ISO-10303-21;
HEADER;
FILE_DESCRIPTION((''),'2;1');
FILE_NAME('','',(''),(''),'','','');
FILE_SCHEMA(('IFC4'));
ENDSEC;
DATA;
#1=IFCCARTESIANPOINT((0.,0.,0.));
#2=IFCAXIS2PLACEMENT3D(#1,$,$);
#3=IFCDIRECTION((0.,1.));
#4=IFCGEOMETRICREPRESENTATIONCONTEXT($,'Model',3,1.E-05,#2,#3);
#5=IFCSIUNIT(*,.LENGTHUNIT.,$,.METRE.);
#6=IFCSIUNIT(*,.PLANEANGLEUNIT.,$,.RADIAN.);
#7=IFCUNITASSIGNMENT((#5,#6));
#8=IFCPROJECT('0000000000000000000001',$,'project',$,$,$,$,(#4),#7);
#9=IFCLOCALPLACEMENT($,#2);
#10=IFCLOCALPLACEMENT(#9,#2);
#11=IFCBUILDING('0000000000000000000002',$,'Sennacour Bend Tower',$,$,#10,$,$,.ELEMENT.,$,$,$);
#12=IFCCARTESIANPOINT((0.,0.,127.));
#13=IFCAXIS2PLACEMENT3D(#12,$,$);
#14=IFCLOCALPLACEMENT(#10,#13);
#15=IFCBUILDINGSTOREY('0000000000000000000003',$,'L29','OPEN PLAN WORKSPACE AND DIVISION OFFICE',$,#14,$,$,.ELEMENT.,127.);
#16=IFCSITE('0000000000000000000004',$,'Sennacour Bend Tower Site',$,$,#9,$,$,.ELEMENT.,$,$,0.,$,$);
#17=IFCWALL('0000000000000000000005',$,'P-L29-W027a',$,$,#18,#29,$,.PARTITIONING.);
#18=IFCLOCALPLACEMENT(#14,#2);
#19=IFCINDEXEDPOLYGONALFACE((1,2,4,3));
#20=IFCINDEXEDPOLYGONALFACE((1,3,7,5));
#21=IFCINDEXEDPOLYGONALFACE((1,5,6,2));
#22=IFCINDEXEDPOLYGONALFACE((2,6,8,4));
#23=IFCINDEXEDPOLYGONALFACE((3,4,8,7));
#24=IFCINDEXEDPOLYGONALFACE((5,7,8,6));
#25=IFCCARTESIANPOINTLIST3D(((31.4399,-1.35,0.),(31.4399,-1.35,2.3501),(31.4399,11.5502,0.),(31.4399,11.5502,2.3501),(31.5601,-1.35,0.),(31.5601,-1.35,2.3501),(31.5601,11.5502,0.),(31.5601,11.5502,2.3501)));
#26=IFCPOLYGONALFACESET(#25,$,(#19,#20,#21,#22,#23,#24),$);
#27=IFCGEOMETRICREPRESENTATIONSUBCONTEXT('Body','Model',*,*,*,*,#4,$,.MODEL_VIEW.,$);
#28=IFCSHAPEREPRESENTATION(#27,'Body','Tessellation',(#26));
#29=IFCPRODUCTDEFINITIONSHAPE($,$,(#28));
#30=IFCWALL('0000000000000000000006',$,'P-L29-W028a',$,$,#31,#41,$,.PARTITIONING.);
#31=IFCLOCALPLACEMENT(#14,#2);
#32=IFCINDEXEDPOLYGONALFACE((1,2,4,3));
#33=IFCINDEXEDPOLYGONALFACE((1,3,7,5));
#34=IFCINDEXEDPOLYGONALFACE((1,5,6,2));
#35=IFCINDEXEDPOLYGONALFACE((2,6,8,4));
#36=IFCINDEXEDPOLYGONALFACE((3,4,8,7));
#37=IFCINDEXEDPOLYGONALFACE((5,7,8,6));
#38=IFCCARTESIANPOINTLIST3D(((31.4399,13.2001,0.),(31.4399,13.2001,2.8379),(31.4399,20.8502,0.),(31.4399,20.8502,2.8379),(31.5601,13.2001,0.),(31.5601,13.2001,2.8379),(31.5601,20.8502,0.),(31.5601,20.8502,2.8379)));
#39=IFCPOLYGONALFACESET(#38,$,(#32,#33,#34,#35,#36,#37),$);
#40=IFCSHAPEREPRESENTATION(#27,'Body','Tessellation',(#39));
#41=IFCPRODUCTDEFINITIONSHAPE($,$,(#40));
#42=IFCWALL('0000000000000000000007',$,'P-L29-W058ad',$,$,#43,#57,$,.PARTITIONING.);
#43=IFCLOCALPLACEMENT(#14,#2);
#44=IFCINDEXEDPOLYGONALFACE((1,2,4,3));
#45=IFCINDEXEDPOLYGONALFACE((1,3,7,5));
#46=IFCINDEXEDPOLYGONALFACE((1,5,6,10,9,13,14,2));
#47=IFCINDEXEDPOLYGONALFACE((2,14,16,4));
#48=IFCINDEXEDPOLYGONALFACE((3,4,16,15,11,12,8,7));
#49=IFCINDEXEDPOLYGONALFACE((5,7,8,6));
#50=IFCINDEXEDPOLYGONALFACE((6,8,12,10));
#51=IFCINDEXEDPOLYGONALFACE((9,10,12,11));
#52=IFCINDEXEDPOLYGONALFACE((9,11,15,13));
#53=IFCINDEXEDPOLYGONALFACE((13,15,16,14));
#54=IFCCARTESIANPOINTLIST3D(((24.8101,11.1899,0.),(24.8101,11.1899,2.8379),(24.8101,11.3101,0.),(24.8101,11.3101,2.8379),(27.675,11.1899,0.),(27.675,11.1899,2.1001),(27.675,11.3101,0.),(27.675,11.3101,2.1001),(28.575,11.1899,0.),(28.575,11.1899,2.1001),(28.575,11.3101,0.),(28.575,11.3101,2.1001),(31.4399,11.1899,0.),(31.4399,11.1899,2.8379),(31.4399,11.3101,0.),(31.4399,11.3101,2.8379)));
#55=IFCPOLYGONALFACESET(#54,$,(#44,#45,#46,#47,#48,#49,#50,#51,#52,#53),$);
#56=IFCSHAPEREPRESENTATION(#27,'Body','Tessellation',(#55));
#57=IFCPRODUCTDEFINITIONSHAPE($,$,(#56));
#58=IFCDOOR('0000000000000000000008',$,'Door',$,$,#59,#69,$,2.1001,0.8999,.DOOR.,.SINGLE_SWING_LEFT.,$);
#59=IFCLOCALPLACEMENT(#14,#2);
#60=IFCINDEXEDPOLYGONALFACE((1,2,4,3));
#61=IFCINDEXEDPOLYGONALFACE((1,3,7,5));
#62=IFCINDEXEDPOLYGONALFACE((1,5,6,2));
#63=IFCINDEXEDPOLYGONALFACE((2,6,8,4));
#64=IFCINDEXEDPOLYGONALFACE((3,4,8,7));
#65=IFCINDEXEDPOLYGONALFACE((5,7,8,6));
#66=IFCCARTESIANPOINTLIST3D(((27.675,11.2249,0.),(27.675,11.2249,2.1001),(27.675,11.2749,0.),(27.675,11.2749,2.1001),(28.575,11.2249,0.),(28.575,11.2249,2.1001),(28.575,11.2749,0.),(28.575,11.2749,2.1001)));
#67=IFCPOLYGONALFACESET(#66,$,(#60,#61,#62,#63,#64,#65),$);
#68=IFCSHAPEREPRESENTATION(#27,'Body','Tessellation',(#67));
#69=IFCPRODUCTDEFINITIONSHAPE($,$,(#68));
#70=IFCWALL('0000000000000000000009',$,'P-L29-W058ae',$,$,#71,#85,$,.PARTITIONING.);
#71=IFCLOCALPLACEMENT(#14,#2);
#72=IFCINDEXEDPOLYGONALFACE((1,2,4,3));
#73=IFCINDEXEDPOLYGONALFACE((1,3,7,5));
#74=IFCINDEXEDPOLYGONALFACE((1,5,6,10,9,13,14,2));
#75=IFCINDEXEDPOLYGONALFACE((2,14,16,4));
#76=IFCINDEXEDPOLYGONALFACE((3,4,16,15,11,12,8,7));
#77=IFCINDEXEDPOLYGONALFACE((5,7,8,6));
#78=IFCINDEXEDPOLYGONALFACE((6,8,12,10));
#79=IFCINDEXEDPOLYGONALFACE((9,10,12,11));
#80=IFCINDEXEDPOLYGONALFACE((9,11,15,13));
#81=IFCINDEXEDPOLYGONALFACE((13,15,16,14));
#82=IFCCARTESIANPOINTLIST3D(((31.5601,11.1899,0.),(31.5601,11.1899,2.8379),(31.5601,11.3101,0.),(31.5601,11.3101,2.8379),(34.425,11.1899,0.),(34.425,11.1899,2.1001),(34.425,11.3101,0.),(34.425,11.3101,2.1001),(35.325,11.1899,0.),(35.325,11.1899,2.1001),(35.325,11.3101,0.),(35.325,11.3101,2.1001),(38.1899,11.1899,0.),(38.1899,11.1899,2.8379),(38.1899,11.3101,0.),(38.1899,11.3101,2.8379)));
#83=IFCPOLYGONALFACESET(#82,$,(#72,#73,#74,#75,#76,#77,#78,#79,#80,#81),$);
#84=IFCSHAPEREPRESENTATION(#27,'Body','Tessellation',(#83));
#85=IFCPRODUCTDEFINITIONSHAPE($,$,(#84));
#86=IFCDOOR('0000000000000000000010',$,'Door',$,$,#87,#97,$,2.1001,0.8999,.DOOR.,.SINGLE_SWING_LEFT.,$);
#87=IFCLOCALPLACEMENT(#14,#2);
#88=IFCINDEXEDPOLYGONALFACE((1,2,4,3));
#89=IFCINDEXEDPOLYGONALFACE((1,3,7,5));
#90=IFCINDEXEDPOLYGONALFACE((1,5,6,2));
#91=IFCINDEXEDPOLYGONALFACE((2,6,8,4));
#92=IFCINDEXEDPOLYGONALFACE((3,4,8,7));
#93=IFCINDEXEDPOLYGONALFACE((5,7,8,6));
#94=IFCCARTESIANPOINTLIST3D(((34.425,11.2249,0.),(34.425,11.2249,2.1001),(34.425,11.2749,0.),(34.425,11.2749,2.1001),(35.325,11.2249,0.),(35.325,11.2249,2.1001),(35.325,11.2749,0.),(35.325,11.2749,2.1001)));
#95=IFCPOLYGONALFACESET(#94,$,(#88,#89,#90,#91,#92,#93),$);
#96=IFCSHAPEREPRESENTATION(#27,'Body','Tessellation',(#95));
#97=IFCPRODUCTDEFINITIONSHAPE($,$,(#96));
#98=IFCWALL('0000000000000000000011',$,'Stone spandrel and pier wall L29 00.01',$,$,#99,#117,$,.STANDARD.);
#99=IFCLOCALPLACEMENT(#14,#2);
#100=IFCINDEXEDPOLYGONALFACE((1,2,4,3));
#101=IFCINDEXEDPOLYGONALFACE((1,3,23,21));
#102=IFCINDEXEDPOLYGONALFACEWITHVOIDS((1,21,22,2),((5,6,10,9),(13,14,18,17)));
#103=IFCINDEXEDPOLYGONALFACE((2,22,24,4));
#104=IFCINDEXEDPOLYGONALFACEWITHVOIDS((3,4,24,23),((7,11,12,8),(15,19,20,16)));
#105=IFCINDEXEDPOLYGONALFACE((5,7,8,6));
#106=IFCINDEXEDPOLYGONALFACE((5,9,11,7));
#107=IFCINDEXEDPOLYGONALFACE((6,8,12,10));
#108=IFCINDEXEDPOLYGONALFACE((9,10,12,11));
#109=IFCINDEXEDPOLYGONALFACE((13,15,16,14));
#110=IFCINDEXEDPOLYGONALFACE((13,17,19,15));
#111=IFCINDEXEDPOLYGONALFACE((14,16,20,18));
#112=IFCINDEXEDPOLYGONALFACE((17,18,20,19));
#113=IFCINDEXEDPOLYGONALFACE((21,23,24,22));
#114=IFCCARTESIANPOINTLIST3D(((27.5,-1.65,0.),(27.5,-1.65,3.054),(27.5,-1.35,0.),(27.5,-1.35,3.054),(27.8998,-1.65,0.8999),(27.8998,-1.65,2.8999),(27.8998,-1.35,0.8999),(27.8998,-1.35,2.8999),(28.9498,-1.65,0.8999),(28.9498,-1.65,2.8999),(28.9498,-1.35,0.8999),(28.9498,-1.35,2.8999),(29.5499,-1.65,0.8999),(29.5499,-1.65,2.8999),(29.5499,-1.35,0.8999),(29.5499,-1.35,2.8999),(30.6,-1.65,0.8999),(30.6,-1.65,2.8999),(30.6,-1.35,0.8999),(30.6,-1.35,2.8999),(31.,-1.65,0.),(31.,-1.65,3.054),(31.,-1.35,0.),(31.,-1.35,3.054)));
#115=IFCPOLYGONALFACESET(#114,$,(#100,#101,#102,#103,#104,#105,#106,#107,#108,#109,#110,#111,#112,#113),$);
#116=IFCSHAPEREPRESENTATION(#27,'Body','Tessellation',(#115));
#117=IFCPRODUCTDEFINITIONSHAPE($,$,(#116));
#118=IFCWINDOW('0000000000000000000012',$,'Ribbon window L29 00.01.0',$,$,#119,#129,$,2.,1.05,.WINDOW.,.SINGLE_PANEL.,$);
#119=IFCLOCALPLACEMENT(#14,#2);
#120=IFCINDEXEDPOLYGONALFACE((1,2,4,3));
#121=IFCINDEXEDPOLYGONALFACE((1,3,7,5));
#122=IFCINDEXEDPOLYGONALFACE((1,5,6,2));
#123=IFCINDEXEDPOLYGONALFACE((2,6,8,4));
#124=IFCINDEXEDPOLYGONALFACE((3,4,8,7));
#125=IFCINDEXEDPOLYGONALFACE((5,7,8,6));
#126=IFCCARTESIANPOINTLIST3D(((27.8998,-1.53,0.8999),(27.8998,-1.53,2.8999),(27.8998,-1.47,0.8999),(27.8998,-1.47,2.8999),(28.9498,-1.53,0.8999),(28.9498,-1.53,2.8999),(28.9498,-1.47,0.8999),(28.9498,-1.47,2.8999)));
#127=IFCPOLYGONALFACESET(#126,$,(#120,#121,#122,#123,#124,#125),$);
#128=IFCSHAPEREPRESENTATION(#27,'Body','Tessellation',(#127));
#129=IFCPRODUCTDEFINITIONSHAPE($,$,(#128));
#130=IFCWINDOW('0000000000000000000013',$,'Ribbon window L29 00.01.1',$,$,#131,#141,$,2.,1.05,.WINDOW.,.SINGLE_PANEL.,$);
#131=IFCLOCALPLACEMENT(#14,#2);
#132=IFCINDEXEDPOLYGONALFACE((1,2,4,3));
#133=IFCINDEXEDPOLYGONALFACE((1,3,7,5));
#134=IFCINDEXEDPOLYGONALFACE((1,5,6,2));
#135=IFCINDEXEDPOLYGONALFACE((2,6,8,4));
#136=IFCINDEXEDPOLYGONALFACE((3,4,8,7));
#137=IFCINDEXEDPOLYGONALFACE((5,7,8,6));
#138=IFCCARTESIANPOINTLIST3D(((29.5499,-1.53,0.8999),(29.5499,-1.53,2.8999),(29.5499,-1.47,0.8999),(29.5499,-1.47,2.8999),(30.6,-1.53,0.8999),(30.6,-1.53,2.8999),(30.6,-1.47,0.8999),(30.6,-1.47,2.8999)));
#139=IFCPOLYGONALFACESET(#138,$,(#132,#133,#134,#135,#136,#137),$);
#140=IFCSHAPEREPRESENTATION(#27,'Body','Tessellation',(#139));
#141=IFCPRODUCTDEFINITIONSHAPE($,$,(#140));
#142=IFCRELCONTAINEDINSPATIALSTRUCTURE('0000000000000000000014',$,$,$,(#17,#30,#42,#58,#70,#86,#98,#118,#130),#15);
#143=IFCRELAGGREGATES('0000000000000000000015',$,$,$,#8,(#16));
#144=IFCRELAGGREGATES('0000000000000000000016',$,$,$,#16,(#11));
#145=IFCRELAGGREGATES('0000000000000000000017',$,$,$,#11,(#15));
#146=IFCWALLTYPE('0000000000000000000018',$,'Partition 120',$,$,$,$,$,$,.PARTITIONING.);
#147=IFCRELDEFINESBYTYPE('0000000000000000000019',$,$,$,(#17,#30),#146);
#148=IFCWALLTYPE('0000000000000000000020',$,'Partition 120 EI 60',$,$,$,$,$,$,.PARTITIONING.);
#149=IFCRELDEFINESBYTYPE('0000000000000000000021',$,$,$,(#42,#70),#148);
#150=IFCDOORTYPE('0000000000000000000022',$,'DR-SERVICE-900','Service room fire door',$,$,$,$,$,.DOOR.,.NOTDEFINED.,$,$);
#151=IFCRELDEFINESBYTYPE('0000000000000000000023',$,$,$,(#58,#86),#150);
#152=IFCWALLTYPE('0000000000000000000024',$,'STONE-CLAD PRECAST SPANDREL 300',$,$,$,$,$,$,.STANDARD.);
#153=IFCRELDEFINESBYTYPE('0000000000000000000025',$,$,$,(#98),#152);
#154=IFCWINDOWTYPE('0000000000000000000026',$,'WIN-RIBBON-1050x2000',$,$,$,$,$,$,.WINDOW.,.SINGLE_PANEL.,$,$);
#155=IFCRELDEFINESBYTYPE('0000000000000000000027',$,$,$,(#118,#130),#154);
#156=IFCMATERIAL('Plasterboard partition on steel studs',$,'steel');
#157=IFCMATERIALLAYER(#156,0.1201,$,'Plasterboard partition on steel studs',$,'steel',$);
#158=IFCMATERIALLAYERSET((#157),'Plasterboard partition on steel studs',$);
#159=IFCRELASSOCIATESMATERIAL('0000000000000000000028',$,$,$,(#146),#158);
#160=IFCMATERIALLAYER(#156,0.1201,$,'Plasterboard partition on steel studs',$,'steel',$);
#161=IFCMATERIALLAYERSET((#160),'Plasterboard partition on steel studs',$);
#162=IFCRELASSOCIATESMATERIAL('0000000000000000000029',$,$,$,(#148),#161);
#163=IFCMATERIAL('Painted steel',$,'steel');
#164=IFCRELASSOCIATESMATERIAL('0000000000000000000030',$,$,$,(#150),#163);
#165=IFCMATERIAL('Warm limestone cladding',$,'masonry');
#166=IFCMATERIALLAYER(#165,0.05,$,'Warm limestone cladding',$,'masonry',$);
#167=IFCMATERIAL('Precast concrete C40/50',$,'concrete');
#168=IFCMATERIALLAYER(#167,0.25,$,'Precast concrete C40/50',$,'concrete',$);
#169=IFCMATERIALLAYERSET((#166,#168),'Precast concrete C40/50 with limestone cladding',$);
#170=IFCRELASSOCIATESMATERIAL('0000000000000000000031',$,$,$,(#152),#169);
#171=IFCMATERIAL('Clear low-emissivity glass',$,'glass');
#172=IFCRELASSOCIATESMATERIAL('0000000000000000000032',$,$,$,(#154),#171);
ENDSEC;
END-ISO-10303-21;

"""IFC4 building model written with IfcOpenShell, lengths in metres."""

from ifc_helpers import new_model, si_unit, direction, frame, frame_2d, origin, place, context, subcontext, project, spatial, rectangle, extrude, material, layer, layer_set, type_object, element, fill, save


model = new_model("IFC4")

# Units and contexts
model_context = context("Model", 3, precision=1e-05, world=origin(), true_north=direction((0.0, 1.0)))
body_context = subcontext(model_context, "Body", "Model", "MODEL_VIEW")
ifc_project = project(units=[si_unit("LENGTHUNIT", "METRE"), si_unit("PLANEANGLEUNIT", "RADIAN")], contexts=[model_context])

# Site, building, storey
site_placement = place(None, origin())
site = spatial("IfcSite", under=ifc_project, at=site_placement, Name="Sennacour Bend Tower Site", CompositionType="ELEMENT", RefElevation=0.0)
building_placement = place(site_placement, origin())
building = spatial("IfcBuilding", under=site, at=building_placement, Name="Sennacour Bend Tower", CompositionType="ELEMENT")
storey_placement = place(building_placement, frame((0.0, 0.0, 127.0)))
storey = spatial("IfcBuildingStorey", under=building, at=storey_placement, Name="L29", Description="OPEN PLAN WORKSPACE AND DIVISION OFFICE", CompositionType="ELEMENT", Elevation=127.0)

# Walls
ifc_material_1 = material(Name="Plasterboard partition on steel studs", Category="steel")
ifc_layer_1 = layer(ifc_material_1, 0.1201, Name="Plasterboard partition on steel studs", Category="steel")
ifc_layer_set_1 = layer_set([ifc_layer_1], Name="Plasterboard partition on steel studs")
wall_type_1 = type_object("IfcWallType", Name="Partition 120", PredefinedType="PARTITIONING", material=ifc_layer_set_1)
wall_1_placement = place(storey_placement, frame((31.5, -1.3501, 0.0), z_axis=(0.0, 0.0, 1.0), x_axis=(0.0, 1.0, 0.0)))
element("IfcWall", 1, at=wall_1_placement, inside=storey, type_object=wall_type_1, Name="P-L29-W027a", PredefinedType="PARTITIONING", context=body_context, shape_type="SweptSolid", body=[
    extrude(rectangle(XDim=12.9001, YDim=0.1201, at=frame_2d((6.4502, 0.0))), origin(), (0.0, 0.0, 1.0), 2.3501),
])
wall_2_placement = place(storey_placement, frame((31.5, 13.2, 0.0), z_axis=(0.0, 0.0, 1.0), x_axis=(0.0, 1.0, 0.0)))
element("IfcWall", 2, at=wall_2_placement, inside=storey, type_object=wall_type_1, Name="P-L29-W028a", PredefinedType="PARTITIONING", context=body_context, shape_type="SweptSolid", body=[
    extrude(rectangle(XDim=7.6501, YDim=0.1201, at=frame_2d((3.8252, 0.0))), origin(), (0.0, 0.0, 1.0), 2.8379),
])

# Walls, openings, doors
ifc_layer_2 = layer(ifc_material_1, 0.1201, Name="Plasterboard partition on steel studs", Category="steel")
ifc_layer_set_2 = layer_set([ifc_layer_2], Name="Plasterboard partition on steel studs")
wall_type_2 = type_object("IfcWallType", Name="Partition 120 EI 60", PredefinedType="PARTITIONING", material=ifc_layer_set_2)
wall_3_placement = place(storey_placement, frame((24.8101, 11.25, 0.0), z_axis=(0.0, 0.0, 1.0), x_axis=(1.0, 0.0, 0.0)))
wall_3 = element("IfcWall", 3, at=wall_3_placement, inside=storey, type_object=wall_type_2, Name="P-L29-W058ad", PredefinedType="PARTITIONING", context=body_context, shape_type="SweptSolid", body=[
    extrude(rectangle(XDim=6.6299, YDim=0.1201, at=frame_2d((3.3149, 0.0))), origin(), (0.0, 0.0, 1.0), 2.8379),
])
opening_1_placement = place(wall_3_placement, frame((2.865, 0.0, 0.0)))
opening_1 = element("IfcOpeningElement", 4, at=opening_1_placement, cuts=wall_3, PredefinedType="OPENING", context=body_context, shape_type="SweptSolid", body=[
    extrude(rectangle(XDim=0.8999, YDim=2.1001, at=frame_2d((0.45, 1.05))), frame((0.0, 0.0701, 0.0), z_axis=(0.0, -1.0, 0.0), x_axis=(1.0, 0.0, 0.0)), (0.0, 0.0, 1.0), 0.1401),
])
ifc_material_2 = material(Name="Painted steel", Category="steel")
door_type = type_object("IfcDoorType", Name="DR-SERVICE-900", Description="Service room fire door", OperationType="NOTDEFINED", PredefinedType="DOOR", material=ifc_material_2)
door_1_placement = place(opening_1_placement, origin())
door_1 = element("IfcDoor", 5, at=door_1_placement, inside=storey, type_object=door_type, Name="Door", OperationType="SINGLE_SWING_LEFT", OverallHeight=2.1001, OverallWidth=0.8999, PredefinedType="DOOR", context=body_context, shape_type="SweptSolid", body=[
    extrude(rectangle(XDim=0.8999, YDim=2.1001, at=frame_2d((0.45, 1.05))), frame((0.0, 0.0249, 0.0), z_axis=(0.0, -1.0, 0.0), x_axis=(1.0, 0.0, 0.0)), (0.0, 0.0, 1.0), 0.05),
])
fill(opening_1, door_1)
wall_4_placement = place(storey_placement, frame((31.5601, 11.25, 0.0), z_axis=(0.0, 0.0, 1.0), x_axis=(1.0, 0.0, 0.0)))
wall_4 = element("IfcWall", 6, at=wall_4_placement, inside=storey, type_object=wall_type_2, Name="P-L29-W058ae", PredefinedType="PARTITIONING", context=body_context, shape_type="SweptSolid", body=[
    extrude(rectangle(XDim=6.6299, YDim=0.1201, at=frame_2d((3.3149, 0.0))), origin(), (0.0, 0.0, 1.0), 2.8379),
])
opening_2_placement = place(wall_4_placement, frame((2.865, 0.0, 0.0)))
opening_2 = element("IfcOpeningElement", 7, at=opening_2_placement, cuts=wall_4, PredefinedType="OPENING", context=body_context, shape_type="SweptSolid", body=[
    extrude(rectangle(XDim=0.8999, YDim=2.1001, at=frame_2d((0.45, 1.05))), frame((0.0, 0.0701, 0.0), z_axis=(0.0, -1.0, 0.0), x_axis=(1.0, 0.0, 0.0)), (0.0, 0.0, 1.0), 0.1401),
])
door_2_placement = place(opening_2_placement, origin())
door_2 = element("IfcDoor", 8, at=door_2_placement, inside=storey, type_object=door_type, Name="Door", OperationType="SINGLE_SWING_LEFT", OverallHeight=2.1001, OverallWidth=0.8999, PredefinedType="DOOR", context=body_context, shape_type="SweptSolid", body=[
    extrude(rectangle(XDim=0.8999, YDim=2.1001, at=frame_2d((0.45, 1.05))), frame((0.0, 0.0249, 0.0), z_axis=(0.0, -1.0, 0.0), x_axis=(1.0, 0.0, 0.0)), (0.0, 0.0, 1.0), 0.05),
])
fill(opening_2, door_2)

# Wall, openings, windows
ifc_material_3 = material(Name="Warm limestone cladding", Category="masonry")
ifc_layer_3 = layer(ifc_material_3, 0.05, Name="Warm limestone cladding", Category="masonry")
ifc_material_4 = material(Name="Precast concrete C40/50", Category="concrete")
ifc_layer_4 = layer(ifc_material_4, 0.25, Name="Precast concrete C40/50", Category="concrete")
ifc_layer_set_3 = layer_set([ifc_layer_3, ifc_layer_4], Name="Precast concrete C40/50 with limestone cladding")
wall_type_3 = type_object("IfcWallType", Name="STONE-CLAD PRECAST SPANDREL 300", PredefinedType="STANDARD", material=ifc_layer_set_3)
wall_5_placement = place(storey_placement, frame((27.5, -1.5, 0.0), z_axis=(0.0, 0.0, 1.0), x_axis=(1.0, 0.0, 0.0)))
wall_5 = element("IfcWall", 9, at=wall_5_placement, inside=storey, type_object=wall_type_3, Name="Stone spandrel and pier wall L29 00.01", PredefinedType="STANDARD", context=body_context, shape_type="SweptSolid", body=[
    extrude(rectangle(XDim=3.5, YDim=0.3, at=frame_2d((1.75, 0.0))), origin(), (0.0, 0.0, 1.0), 3.054),
])
opening_3_placement = place(wall_5_placement, frame((0.3999, 0.0, 0.8999)))
opening_3 = element("IfcOpeningElement", 10, at=opening_3_placement, cuts=wall_5, PredefinedType="OPENING", context=body_context, shape_type="SweptSolid", body=[
    extrude(rectangle(XDim=1.05, YDim=2.0, at=frame_2d((0.5249, 1.0))), frame((0.0, 0.1602, 0.0), z_axis=(0.0, -1.0, 0.0), x_axis=(1.0, 0.0, 0.0)), (0.0, 0.0, 1.0), 0.3201),
])
opening_4_placement = place(wall_5_placement, frame((2.05, 0.0, 0.8999)))
opening_4 = element("IfcOpeningElement", 11, at=opening_4_placement, cuts=wall_5, PredefinedType="OPENING", context=body_context, shape_type="SweptSolid", body=[
    extrude(rectangle(XDim=1.05, YDim=2.0, at=frame_2d((0.5249, 1.0))), frame((0.0, 0.1602, 0.0), z_axis=(0.0, -1.0, 0.0), x_axis=(1.0, 0.0, 0.0)), (0.0, 0.0, 1.0), 0.3201),
])
ifc_material_5 = material(Name="Clear low-emissivity glass", Category="glass")
window_type = type_object("IfcWindowType", Name="WIN-RIBBON-1050x2000", PartitioningType="SINGLE_PANEL", PredefinedType="WINDOW", material=ifc_material_5)
window_1_placement = place(opening_3_placement, origin())
window_1 = element("IfcWindow", 12, at=window_1_placement, inside=storey, type_object=window_type, Name="Ribbon window L29 00.01.0", OverallHeight=2.0, OverallWidth=1.05, PartitioningType="SINGLE_PANEL", PredefinedType="WINDOW", context=body_context, shape_type="SweptSolid", body=[
    extrude(rectangle(XDim=1.05, YDim=2.0, at=frame_2d((0.5249, 1.0))), frame((0.0, 0.03, 0.0), z_axis=(0.0, -1.0, 0.0), x_axis=(1.0, 0.0, 0.0)), (0.0, 0.0, 1.0), 0.0601),
])
fill(opening_3, window_1)
window_2_placement = place(opening_4_placement, origin())
window_2 = element("IfcWindow", 13, at=window_2_placement, inside=storey, type_object=window_type, Name="Ribbon window L29 00.01.1", OverallHeight=2.0, OverallWidth=1.05, PartitioningType="SINGLE_PANEL", PredefinedType="WINDOW", context=body_context, shape_type="SweptSolid", body=[
    extrude(rectangle(XDim=1.05, YDim=2.0, at=frame_2d((0.5249, 1.0))), frame((0.0, 0.03, 0.0), z_axis=(0.0, -1.0, 0.0), x_axis=(1.0, 0.0, 0.0)), (0.0, 0.0, 1.0), 0.0601),
])
fill(opening_4, window_2)

save(model, "model.ifc")
